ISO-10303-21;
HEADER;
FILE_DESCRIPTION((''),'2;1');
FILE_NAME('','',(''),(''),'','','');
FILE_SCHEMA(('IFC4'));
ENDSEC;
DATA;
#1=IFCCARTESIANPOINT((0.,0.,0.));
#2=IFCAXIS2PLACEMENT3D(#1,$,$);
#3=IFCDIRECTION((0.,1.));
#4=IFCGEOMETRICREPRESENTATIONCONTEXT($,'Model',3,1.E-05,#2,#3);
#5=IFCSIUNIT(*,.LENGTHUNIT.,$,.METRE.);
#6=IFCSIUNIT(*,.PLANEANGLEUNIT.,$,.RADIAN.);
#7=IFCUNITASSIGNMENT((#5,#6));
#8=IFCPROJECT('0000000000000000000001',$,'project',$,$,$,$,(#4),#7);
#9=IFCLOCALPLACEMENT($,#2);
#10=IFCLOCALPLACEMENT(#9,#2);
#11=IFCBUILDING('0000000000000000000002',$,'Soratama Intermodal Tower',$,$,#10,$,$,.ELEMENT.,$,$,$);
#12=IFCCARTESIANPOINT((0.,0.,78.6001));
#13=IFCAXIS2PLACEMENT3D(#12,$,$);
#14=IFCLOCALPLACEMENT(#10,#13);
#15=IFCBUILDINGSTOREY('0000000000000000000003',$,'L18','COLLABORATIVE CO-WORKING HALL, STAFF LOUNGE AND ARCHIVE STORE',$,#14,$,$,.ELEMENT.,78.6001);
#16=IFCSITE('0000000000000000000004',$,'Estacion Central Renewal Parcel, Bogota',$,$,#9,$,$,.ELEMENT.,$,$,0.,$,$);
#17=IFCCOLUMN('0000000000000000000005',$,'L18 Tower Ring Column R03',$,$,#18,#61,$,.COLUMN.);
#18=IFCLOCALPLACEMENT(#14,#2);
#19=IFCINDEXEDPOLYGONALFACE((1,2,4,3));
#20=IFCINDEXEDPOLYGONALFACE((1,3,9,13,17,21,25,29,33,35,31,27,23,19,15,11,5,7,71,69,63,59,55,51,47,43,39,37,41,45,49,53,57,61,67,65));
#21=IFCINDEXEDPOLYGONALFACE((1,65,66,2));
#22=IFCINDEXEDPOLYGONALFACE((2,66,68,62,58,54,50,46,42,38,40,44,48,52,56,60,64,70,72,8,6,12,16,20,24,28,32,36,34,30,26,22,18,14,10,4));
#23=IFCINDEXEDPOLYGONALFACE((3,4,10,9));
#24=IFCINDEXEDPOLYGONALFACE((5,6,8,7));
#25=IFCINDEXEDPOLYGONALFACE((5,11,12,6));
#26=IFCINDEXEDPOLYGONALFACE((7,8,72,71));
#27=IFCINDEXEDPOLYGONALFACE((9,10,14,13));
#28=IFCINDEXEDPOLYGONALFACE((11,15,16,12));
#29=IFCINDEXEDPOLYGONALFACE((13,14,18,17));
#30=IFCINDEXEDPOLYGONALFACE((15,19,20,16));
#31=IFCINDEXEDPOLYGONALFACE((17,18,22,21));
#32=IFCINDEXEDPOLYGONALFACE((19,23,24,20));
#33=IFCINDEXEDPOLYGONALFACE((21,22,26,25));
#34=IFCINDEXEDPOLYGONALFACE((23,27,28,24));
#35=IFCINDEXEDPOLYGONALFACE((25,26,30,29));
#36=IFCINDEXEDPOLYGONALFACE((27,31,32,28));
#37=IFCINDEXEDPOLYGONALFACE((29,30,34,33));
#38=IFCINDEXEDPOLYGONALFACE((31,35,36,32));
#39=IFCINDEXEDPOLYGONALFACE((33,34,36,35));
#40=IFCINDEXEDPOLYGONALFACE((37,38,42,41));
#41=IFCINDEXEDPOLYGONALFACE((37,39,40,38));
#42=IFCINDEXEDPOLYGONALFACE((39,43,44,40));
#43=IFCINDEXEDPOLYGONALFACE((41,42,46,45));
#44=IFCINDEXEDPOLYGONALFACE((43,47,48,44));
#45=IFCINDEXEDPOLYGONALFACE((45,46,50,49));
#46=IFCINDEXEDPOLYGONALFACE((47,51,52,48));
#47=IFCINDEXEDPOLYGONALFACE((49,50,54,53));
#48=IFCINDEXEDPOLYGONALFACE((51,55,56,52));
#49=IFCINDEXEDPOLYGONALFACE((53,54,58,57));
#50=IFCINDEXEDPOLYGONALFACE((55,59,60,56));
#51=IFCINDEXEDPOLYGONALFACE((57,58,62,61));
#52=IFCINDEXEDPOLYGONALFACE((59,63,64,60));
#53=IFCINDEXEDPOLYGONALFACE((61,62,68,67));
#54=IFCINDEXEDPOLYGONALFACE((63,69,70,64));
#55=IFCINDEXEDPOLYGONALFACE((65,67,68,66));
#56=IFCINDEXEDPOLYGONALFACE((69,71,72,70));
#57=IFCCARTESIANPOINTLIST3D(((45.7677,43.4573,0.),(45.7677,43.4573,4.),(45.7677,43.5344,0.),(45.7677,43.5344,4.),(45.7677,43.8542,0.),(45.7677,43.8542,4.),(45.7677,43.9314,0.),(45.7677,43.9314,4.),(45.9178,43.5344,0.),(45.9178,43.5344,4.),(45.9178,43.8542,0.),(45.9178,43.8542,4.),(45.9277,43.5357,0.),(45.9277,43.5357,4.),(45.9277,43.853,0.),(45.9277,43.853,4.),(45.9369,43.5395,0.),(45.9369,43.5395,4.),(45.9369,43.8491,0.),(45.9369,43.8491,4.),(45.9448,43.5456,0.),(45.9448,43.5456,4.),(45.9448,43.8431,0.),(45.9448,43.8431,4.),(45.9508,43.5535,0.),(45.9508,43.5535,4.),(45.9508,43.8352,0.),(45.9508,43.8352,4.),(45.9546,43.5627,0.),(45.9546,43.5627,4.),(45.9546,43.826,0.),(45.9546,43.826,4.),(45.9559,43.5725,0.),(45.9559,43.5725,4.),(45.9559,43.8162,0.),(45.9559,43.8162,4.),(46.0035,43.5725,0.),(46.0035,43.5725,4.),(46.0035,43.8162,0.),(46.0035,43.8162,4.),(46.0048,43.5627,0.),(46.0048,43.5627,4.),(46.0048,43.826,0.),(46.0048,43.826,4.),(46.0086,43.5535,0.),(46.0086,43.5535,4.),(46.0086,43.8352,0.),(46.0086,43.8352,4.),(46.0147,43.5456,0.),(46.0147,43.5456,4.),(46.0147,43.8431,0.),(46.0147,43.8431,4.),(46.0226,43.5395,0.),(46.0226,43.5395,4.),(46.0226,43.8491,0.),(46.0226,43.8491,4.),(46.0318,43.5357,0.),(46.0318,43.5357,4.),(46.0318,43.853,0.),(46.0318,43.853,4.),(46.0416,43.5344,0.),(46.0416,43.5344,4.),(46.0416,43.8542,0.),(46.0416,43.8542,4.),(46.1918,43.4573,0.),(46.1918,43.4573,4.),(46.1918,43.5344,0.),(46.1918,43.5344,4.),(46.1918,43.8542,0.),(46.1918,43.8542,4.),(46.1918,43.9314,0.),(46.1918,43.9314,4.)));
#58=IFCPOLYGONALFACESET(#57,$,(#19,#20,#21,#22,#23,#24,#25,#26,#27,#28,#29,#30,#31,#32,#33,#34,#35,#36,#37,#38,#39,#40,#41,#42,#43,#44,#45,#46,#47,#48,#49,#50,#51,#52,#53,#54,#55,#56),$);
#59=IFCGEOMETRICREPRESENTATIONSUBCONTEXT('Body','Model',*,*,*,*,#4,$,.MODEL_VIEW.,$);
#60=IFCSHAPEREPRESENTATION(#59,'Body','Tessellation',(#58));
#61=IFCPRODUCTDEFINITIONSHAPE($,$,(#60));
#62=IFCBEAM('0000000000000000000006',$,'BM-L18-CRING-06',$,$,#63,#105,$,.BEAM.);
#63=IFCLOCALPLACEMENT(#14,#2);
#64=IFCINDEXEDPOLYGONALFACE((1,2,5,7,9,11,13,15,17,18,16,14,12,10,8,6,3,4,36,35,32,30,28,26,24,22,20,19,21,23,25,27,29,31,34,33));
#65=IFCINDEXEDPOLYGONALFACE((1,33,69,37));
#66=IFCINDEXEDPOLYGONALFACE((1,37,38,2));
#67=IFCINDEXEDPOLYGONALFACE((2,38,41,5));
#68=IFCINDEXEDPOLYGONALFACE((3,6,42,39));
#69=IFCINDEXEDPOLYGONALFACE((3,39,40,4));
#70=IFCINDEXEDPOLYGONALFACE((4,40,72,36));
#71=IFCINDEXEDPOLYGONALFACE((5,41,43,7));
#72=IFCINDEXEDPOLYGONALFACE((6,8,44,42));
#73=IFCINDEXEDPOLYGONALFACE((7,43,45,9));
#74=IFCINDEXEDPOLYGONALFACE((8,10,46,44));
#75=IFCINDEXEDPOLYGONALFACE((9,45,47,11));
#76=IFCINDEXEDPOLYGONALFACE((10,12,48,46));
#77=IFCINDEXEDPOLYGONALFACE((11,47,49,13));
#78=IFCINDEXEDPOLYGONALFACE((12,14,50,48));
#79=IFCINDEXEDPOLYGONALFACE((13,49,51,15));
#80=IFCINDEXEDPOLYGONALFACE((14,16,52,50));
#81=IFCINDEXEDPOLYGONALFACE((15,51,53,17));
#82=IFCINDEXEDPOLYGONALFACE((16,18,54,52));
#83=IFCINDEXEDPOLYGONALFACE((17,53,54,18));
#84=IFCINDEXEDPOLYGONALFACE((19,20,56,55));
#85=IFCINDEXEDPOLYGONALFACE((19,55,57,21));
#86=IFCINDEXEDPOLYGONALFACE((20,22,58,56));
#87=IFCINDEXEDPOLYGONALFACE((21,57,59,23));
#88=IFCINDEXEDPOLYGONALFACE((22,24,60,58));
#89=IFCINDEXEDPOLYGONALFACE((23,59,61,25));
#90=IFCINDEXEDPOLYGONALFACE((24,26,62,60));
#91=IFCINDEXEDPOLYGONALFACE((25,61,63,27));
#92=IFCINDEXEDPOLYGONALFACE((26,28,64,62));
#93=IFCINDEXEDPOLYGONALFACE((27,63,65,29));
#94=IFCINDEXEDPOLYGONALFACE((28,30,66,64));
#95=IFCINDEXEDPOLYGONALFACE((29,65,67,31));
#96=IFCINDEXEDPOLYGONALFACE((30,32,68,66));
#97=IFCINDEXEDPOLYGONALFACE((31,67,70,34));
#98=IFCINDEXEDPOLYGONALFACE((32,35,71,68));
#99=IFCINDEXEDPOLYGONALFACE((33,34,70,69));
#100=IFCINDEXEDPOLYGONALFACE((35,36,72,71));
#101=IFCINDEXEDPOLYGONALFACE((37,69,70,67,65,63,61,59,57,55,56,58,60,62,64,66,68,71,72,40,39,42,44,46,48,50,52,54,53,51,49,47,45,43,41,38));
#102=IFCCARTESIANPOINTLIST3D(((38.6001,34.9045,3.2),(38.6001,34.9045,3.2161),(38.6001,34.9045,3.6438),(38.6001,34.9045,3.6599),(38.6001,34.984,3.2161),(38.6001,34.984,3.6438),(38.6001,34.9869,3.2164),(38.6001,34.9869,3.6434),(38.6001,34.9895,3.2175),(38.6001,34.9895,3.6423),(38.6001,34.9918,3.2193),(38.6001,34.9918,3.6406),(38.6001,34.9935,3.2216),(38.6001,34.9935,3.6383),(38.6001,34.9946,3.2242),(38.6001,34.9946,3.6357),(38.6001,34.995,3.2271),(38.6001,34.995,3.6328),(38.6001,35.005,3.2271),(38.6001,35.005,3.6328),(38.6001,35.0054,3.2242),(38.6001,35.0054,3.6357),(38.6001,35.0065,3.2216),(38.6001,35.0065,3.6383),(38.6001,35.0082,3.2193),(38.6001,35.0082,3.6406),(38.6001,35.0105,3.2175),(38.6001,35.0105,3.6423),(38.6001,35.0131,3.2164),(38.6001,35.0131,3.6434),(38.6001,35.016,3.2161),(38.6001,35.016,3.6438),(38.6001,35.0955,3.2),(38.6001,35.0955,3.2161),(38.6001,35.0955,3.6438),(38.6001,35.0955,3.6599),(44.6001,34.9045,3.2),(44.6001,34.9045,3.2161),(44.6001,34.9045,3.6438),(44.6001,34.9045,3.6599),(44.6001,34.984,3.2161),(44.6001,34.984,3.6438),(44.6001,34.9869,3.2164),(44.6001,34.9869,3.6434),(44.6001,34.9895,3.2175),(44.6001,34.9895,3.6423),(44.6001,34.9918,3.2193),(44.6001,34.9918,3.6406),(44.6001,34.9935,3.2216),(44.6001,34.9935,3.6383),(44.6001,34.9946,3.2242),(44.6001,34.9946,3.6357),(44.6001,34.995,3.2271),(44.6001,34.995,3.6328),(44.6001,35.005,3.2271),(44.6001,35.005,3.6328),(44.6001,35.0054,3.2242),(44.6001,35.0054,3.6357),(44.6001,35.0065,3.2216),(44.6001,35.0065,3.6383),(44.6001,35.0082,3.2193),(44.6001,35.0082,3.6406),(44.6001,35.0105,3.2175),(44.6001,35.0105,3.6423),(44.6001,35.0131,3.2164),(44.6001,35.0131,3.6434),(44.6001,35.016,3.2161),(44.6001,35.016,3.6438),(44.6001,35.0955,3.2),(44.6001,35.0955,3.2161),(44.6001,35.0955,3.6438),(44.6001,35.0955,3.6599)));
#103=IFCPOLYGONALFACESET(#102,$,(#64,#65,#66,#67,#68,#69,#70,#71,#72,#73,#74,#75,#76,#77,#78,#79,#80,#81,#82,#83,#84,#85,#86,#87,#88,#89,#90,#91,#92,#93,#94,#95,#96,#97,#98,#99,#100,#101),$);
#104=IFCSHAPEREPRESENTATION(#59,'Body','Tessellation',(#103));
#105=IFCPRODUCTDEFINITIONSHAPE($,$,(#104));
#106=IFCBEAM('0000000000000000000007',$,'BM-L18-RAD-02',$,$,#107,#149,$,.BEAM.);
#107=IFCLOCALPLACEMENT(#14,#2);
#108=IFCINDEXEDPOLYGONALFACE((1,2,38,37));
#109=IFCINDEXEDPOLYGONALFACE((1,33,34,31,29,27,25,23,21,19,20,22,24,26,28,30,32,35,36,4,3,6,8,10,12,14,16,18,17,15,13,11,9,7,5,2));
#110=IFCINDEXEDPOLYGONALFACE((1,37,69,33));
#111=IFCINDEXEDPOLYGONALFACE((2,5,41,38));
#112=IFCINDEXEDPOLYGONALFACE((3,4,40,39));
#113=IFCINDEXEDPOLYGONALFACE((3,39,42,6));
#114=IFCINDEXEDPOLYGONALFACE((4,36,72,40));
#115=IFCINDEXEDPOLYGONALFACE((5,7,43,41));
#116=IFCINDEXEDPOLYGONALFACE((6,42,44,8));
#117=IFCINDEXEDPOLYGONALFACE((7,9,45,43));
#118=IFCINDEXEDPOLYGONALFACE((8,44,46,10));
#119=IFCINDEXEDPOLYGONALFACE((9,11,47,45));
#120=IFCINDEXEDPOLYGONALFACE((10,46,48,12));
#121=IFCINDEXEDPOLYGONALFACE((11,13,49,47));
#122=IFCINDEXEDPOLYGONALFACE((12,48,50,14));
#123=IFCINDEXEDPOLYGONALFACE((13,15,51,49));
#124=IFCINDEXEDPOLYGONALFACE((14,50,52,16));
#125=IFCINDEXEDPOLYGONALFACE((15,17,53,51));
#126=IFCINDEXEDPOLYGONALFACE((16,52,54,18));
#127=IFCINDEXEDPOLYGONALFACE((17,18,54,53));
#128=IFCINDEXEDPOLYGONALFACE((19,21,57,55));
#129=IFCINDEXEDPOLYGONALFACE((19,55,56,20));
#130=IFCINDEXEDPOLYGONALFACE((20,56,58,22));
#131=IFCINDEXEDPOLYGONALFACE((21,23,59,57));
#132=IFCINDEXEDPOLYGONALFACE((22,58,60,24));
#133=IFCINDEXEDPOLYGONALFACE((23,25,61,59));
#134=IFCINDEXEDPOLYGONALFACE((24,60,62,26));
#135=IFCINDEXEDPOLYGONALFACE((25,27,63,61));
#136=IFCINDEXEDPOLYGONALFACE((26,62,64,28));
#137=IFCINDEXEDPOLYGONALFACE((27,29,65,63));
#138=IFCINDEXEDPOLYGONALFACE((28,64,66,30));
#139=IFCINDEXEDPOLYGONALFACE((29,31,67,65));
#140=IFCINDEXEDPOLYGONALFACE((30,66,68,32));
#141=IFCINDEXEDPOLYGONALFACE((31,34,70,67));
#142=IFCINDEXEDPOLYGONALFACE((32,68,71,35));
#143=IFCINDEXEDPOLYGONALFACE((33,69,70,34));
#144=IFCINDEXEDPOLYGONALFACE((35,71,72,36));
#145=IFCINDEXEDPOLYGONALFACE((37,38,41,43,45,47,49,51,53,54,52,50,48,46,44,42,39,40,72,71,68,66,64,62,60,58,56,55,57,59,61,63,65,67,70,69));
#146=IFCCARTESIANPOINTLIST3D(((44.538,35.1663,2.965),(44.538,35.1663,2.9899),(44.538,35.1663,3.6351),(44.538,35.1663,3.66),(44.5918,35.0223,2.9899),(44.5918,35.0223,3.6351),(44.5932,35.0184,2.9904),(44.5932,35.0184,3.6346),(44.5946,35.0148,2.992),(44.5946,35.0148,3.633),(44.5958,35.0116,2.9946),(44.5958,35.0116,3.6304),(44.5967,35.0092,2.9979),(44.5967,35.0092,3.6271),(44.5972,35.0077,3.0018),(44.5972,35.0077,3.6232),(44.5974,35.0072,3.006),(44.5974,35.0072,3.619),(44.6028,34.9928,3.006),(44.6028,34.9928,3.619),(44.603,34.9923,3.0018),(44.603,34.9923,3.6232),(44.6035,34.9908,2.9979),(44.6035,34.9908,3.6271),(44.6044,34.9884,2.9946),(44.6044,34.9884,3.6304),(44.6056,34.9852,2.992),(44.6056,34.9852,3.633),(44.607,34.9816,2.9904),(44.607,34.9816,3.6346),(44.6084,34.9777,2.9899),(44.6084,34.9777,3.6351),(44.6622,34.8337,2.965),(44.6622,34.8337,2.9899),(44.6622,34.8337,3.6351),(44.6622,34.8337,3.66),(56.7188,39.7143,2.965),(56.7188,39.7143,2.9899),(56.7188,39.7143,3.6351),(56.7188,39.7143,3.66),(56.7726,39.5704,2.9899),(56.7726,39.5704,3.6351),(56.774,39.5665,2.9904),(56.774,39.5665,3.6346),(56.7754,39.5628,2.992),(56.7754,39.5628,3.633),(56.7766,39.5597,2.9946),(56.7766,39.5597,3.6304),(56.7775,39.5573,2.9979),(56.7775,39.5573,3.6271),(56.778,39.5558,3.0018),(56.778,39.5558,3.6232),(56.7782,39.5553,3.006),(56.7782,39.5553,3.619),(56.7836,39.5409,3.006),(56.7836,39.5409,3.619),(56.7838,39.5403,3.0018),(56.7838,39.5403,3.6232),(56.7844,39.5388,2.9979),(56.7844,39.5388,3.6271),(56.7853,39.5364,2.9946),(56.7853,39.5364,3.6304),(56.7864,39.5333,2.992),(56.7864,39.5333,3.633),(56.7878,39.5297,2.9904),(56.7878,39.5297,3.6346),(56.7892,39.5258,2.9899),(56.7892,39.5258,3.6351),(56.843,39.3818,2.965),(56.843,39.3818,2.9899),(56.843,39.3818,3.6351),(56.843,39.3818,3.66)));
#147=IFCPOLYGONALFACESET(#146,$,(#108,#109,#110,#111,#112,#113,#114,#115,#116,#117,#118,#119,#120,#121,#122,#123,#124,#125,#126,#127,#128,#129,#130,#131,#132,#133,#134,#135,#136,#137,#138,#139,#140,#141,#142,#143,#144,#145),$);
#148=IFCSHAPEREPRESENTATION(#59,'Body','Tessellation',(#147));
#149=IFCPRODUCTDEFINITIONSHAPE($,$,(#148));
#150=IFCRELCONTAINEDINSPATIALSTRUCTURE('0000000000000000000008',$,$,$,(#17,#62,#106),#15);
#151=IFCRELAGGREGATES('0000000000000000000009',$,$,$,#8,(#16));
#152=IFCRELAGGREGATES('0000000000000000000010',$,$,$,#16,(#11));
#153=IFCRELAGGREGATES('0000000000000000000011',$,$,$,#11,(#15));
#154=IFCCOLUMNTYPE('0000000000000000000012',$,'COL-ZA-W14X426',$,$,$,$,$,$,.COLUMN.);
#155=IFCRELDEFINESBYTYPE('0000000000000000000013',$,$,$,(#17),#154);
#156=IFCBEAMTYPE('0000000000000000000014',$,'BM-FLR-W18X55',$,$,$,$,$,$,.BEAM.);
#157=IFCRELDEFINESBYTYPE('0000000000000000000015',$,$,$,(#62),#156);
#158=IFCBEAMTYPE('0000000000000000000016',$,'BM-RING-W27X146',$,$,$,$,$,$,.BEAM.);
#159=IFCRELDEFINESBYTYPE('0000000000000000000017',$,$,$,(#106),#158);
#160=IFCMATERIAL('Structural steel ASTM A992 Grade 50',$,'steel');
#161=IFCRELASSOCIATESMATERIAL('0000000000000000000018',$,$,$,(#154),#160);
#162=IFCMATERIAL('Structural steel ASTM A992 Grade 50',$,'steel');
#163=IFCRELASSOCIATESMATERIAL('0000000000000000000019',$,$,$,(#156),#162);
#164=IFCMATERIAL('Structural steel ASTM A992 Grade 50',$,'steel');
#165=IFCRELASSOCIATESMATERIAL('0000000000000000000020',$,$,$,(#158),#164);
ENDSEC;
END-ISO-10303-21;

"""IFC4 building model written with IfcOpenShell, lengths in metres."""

from ifc_helpers import new_model, si_unit, direction, frame, origin, origin_2d, place, context, subcontext, project, spatial, i_section, extrude, material, material_profile, profile_set, type_object, element, save


model = new_model("IFC4")

# Units and contexts
model_context = context("Model", 3, precision=1e-05, world=origin(), true_north=direction((0.0, 1.0)))
body_context = subcontext(model_context, "Body", "Model", "MODEL_VIEW")
ifc_project = project(units=[si_unit("LENGTHUNIT", "METRE"), si_unit("PLANEANGLEUNIT", "RADIAN")], contexts=[model_context])

# Site, building, storey
site_placement = place(None, origin())
site = spatial("IfcSite", under=ifc_project, at=site_placement, Name="Estacion Central Renewal Parcel, Bogota", CompositionType="ELEMENT", RefElevation=0.0)
building_placement = place(site_placement, origin())
building = spatial("IfcBuilding", under=site, at=building_placement, Name="Soratama Intermodal Tower", CompositionType="ELEMENT")
storey_placement = place(building_placement, frame((0.0, 0.0, 78.6001)))
storey = spatial("IfcBuildingStorey", under=building, at=storey_placement, Name="L18", Description="COLLABORATIVE CO-WORKING HALL, STAFF LOUNGE AND ARCHIVE STORE", CompositionType="ELEMENT", Elevation=78.6001)

# Column
ifc_material_1 = material(Name="Structural steel ASTM A992 Grade 50", Category="steel")
ifc_material_profile_1 = material_profile(ifc_material_1, i_section(OverallWidth=0.4241, OverallDepth=0.4741, WebThickness=0.0476, FlangeThickness=0.0771, FilletRadius=0.0381, at=origin_2d()), Name="W14X426")
ifc_profile_set_1 = profile_set([ifc_material_profile_1], Name="Structural steel ASTM A992 Grade 50")
column_type = type_object("IfcColumnType", Name="COL-ZA-W14X426", PredefinedType="COLUMN", material=ifc_profile_set_1)
column_placement = place(storey_placement, frame((45.9797, 43.6943, 0.0), z_axis=(0.0, 0.0, 1.0), x_axis=(1.0, 0.0, 0.0)))
element("IfcColumn", 1, at=column_placement, inside=storey, type_object=column_type, Name="L18 Tower Ring Column R03", PredefinedType="COLUMN", context=body_context, shape_type="SweptSolid", body=[
    extrude(i_section(OverallWidth=0.4241, OverallDepth=0.4741, WebThickness=0.0476, FlangeThickness=0.0771, FilletRadius=0.0381, at=origin_2d()), origin(), (0.0, 0.0, 1.0), 4.0),
])

# Beams
ifc_material_2 = material(Name="Structural steel ASTM A992 Grade 50", Category="steel")
ifc_material_profile_2 = material_profile(ifc_material_2, i_section(OverallWidth=0.1909, OverallDepth=0.46, WebThickness=0.01, FlangeThickness=0.0161, FilletRadius=0.011, at=origin_2d()), Name="W18X55")
ifc_profile_set_2 = profile_set([ifc_material_profile_2], Name="Structural steel ASTM A992 Grade 50")
beam_type_1 = type_object("IfcBeamType", Name="BM-FLR-W18X55", PredefinedType="BEAM", material=ifc_profile_set_2)
beam_1_placement = place(storey_placement, frame((44.6001, 35.0, 3.4299), z_axis=(-1.0, 0.0, 0.0), x_axis=(0.0, -1.0, 0.0)))
element("IfcBeam", 2, at=beam_1_placement, inside=storey, type_object=beam_type_1, Name="BM-L18-CRING-06", PredefinedType="BEAM", context=body_context, shape_type="SweptSolid", body=[
    extrude(i_section(OverallWidth=0.1909, OverallDepth=0.46, WebThickness=0.01, FlangeThickness=0.0161, FilletRadius=0.011, at=origin_2d()), origin(), (0.0, 0.0, 1.0), 6.0),
])
ifc_material_3 = material(Name="Structural steel ASTM A992 Grade 50", Category="steel")
ifc_material_profile_3 = material_profile(ifc_material_3, i_section(OverallWidth=0.355, OverallDepth=0.6951, WebThickness=0.0154, FlangeThickness=0.0249, FilletRadius=0.0161, at=origin_2d()), Name="W27X146")
ifc_profile_set_3 = profile_set([ifc_material_profile_3], Name="Structural steel ASTM A992 Grade 50")
beam_type_2 = type_object("IfcBeamType", Name="BM-RING-W27X146", PredefinedType="BEAM", material=ifc_profile_set_3)
beam_2_placement = place(storey_placement, frame((44.6001, 35.0, 3.3125), z_axis=(0.936827, 0.349792, 0.0), x_axis=(-0.349792, 0.936827, 0.0)))
element("IfcBeam", 3, at=beam_2_placement, inside=storey, type_object=beam_type_2, Name="BM-L18-RAD-02", PredefinedType="BEAM", context=body_context, shape_type="SweptSolid", body=[
    extrude(i_section(OverallWidth=0.355, OverallDepth=0.6951, WebThickness=0.0154, FlangeThickness=0.0249, FilletRadius=0.0161, at=origin_2d()), origin(), (0.0, 0.0, 1.0), 13.0022),
])

save(model, "model.ifc")
